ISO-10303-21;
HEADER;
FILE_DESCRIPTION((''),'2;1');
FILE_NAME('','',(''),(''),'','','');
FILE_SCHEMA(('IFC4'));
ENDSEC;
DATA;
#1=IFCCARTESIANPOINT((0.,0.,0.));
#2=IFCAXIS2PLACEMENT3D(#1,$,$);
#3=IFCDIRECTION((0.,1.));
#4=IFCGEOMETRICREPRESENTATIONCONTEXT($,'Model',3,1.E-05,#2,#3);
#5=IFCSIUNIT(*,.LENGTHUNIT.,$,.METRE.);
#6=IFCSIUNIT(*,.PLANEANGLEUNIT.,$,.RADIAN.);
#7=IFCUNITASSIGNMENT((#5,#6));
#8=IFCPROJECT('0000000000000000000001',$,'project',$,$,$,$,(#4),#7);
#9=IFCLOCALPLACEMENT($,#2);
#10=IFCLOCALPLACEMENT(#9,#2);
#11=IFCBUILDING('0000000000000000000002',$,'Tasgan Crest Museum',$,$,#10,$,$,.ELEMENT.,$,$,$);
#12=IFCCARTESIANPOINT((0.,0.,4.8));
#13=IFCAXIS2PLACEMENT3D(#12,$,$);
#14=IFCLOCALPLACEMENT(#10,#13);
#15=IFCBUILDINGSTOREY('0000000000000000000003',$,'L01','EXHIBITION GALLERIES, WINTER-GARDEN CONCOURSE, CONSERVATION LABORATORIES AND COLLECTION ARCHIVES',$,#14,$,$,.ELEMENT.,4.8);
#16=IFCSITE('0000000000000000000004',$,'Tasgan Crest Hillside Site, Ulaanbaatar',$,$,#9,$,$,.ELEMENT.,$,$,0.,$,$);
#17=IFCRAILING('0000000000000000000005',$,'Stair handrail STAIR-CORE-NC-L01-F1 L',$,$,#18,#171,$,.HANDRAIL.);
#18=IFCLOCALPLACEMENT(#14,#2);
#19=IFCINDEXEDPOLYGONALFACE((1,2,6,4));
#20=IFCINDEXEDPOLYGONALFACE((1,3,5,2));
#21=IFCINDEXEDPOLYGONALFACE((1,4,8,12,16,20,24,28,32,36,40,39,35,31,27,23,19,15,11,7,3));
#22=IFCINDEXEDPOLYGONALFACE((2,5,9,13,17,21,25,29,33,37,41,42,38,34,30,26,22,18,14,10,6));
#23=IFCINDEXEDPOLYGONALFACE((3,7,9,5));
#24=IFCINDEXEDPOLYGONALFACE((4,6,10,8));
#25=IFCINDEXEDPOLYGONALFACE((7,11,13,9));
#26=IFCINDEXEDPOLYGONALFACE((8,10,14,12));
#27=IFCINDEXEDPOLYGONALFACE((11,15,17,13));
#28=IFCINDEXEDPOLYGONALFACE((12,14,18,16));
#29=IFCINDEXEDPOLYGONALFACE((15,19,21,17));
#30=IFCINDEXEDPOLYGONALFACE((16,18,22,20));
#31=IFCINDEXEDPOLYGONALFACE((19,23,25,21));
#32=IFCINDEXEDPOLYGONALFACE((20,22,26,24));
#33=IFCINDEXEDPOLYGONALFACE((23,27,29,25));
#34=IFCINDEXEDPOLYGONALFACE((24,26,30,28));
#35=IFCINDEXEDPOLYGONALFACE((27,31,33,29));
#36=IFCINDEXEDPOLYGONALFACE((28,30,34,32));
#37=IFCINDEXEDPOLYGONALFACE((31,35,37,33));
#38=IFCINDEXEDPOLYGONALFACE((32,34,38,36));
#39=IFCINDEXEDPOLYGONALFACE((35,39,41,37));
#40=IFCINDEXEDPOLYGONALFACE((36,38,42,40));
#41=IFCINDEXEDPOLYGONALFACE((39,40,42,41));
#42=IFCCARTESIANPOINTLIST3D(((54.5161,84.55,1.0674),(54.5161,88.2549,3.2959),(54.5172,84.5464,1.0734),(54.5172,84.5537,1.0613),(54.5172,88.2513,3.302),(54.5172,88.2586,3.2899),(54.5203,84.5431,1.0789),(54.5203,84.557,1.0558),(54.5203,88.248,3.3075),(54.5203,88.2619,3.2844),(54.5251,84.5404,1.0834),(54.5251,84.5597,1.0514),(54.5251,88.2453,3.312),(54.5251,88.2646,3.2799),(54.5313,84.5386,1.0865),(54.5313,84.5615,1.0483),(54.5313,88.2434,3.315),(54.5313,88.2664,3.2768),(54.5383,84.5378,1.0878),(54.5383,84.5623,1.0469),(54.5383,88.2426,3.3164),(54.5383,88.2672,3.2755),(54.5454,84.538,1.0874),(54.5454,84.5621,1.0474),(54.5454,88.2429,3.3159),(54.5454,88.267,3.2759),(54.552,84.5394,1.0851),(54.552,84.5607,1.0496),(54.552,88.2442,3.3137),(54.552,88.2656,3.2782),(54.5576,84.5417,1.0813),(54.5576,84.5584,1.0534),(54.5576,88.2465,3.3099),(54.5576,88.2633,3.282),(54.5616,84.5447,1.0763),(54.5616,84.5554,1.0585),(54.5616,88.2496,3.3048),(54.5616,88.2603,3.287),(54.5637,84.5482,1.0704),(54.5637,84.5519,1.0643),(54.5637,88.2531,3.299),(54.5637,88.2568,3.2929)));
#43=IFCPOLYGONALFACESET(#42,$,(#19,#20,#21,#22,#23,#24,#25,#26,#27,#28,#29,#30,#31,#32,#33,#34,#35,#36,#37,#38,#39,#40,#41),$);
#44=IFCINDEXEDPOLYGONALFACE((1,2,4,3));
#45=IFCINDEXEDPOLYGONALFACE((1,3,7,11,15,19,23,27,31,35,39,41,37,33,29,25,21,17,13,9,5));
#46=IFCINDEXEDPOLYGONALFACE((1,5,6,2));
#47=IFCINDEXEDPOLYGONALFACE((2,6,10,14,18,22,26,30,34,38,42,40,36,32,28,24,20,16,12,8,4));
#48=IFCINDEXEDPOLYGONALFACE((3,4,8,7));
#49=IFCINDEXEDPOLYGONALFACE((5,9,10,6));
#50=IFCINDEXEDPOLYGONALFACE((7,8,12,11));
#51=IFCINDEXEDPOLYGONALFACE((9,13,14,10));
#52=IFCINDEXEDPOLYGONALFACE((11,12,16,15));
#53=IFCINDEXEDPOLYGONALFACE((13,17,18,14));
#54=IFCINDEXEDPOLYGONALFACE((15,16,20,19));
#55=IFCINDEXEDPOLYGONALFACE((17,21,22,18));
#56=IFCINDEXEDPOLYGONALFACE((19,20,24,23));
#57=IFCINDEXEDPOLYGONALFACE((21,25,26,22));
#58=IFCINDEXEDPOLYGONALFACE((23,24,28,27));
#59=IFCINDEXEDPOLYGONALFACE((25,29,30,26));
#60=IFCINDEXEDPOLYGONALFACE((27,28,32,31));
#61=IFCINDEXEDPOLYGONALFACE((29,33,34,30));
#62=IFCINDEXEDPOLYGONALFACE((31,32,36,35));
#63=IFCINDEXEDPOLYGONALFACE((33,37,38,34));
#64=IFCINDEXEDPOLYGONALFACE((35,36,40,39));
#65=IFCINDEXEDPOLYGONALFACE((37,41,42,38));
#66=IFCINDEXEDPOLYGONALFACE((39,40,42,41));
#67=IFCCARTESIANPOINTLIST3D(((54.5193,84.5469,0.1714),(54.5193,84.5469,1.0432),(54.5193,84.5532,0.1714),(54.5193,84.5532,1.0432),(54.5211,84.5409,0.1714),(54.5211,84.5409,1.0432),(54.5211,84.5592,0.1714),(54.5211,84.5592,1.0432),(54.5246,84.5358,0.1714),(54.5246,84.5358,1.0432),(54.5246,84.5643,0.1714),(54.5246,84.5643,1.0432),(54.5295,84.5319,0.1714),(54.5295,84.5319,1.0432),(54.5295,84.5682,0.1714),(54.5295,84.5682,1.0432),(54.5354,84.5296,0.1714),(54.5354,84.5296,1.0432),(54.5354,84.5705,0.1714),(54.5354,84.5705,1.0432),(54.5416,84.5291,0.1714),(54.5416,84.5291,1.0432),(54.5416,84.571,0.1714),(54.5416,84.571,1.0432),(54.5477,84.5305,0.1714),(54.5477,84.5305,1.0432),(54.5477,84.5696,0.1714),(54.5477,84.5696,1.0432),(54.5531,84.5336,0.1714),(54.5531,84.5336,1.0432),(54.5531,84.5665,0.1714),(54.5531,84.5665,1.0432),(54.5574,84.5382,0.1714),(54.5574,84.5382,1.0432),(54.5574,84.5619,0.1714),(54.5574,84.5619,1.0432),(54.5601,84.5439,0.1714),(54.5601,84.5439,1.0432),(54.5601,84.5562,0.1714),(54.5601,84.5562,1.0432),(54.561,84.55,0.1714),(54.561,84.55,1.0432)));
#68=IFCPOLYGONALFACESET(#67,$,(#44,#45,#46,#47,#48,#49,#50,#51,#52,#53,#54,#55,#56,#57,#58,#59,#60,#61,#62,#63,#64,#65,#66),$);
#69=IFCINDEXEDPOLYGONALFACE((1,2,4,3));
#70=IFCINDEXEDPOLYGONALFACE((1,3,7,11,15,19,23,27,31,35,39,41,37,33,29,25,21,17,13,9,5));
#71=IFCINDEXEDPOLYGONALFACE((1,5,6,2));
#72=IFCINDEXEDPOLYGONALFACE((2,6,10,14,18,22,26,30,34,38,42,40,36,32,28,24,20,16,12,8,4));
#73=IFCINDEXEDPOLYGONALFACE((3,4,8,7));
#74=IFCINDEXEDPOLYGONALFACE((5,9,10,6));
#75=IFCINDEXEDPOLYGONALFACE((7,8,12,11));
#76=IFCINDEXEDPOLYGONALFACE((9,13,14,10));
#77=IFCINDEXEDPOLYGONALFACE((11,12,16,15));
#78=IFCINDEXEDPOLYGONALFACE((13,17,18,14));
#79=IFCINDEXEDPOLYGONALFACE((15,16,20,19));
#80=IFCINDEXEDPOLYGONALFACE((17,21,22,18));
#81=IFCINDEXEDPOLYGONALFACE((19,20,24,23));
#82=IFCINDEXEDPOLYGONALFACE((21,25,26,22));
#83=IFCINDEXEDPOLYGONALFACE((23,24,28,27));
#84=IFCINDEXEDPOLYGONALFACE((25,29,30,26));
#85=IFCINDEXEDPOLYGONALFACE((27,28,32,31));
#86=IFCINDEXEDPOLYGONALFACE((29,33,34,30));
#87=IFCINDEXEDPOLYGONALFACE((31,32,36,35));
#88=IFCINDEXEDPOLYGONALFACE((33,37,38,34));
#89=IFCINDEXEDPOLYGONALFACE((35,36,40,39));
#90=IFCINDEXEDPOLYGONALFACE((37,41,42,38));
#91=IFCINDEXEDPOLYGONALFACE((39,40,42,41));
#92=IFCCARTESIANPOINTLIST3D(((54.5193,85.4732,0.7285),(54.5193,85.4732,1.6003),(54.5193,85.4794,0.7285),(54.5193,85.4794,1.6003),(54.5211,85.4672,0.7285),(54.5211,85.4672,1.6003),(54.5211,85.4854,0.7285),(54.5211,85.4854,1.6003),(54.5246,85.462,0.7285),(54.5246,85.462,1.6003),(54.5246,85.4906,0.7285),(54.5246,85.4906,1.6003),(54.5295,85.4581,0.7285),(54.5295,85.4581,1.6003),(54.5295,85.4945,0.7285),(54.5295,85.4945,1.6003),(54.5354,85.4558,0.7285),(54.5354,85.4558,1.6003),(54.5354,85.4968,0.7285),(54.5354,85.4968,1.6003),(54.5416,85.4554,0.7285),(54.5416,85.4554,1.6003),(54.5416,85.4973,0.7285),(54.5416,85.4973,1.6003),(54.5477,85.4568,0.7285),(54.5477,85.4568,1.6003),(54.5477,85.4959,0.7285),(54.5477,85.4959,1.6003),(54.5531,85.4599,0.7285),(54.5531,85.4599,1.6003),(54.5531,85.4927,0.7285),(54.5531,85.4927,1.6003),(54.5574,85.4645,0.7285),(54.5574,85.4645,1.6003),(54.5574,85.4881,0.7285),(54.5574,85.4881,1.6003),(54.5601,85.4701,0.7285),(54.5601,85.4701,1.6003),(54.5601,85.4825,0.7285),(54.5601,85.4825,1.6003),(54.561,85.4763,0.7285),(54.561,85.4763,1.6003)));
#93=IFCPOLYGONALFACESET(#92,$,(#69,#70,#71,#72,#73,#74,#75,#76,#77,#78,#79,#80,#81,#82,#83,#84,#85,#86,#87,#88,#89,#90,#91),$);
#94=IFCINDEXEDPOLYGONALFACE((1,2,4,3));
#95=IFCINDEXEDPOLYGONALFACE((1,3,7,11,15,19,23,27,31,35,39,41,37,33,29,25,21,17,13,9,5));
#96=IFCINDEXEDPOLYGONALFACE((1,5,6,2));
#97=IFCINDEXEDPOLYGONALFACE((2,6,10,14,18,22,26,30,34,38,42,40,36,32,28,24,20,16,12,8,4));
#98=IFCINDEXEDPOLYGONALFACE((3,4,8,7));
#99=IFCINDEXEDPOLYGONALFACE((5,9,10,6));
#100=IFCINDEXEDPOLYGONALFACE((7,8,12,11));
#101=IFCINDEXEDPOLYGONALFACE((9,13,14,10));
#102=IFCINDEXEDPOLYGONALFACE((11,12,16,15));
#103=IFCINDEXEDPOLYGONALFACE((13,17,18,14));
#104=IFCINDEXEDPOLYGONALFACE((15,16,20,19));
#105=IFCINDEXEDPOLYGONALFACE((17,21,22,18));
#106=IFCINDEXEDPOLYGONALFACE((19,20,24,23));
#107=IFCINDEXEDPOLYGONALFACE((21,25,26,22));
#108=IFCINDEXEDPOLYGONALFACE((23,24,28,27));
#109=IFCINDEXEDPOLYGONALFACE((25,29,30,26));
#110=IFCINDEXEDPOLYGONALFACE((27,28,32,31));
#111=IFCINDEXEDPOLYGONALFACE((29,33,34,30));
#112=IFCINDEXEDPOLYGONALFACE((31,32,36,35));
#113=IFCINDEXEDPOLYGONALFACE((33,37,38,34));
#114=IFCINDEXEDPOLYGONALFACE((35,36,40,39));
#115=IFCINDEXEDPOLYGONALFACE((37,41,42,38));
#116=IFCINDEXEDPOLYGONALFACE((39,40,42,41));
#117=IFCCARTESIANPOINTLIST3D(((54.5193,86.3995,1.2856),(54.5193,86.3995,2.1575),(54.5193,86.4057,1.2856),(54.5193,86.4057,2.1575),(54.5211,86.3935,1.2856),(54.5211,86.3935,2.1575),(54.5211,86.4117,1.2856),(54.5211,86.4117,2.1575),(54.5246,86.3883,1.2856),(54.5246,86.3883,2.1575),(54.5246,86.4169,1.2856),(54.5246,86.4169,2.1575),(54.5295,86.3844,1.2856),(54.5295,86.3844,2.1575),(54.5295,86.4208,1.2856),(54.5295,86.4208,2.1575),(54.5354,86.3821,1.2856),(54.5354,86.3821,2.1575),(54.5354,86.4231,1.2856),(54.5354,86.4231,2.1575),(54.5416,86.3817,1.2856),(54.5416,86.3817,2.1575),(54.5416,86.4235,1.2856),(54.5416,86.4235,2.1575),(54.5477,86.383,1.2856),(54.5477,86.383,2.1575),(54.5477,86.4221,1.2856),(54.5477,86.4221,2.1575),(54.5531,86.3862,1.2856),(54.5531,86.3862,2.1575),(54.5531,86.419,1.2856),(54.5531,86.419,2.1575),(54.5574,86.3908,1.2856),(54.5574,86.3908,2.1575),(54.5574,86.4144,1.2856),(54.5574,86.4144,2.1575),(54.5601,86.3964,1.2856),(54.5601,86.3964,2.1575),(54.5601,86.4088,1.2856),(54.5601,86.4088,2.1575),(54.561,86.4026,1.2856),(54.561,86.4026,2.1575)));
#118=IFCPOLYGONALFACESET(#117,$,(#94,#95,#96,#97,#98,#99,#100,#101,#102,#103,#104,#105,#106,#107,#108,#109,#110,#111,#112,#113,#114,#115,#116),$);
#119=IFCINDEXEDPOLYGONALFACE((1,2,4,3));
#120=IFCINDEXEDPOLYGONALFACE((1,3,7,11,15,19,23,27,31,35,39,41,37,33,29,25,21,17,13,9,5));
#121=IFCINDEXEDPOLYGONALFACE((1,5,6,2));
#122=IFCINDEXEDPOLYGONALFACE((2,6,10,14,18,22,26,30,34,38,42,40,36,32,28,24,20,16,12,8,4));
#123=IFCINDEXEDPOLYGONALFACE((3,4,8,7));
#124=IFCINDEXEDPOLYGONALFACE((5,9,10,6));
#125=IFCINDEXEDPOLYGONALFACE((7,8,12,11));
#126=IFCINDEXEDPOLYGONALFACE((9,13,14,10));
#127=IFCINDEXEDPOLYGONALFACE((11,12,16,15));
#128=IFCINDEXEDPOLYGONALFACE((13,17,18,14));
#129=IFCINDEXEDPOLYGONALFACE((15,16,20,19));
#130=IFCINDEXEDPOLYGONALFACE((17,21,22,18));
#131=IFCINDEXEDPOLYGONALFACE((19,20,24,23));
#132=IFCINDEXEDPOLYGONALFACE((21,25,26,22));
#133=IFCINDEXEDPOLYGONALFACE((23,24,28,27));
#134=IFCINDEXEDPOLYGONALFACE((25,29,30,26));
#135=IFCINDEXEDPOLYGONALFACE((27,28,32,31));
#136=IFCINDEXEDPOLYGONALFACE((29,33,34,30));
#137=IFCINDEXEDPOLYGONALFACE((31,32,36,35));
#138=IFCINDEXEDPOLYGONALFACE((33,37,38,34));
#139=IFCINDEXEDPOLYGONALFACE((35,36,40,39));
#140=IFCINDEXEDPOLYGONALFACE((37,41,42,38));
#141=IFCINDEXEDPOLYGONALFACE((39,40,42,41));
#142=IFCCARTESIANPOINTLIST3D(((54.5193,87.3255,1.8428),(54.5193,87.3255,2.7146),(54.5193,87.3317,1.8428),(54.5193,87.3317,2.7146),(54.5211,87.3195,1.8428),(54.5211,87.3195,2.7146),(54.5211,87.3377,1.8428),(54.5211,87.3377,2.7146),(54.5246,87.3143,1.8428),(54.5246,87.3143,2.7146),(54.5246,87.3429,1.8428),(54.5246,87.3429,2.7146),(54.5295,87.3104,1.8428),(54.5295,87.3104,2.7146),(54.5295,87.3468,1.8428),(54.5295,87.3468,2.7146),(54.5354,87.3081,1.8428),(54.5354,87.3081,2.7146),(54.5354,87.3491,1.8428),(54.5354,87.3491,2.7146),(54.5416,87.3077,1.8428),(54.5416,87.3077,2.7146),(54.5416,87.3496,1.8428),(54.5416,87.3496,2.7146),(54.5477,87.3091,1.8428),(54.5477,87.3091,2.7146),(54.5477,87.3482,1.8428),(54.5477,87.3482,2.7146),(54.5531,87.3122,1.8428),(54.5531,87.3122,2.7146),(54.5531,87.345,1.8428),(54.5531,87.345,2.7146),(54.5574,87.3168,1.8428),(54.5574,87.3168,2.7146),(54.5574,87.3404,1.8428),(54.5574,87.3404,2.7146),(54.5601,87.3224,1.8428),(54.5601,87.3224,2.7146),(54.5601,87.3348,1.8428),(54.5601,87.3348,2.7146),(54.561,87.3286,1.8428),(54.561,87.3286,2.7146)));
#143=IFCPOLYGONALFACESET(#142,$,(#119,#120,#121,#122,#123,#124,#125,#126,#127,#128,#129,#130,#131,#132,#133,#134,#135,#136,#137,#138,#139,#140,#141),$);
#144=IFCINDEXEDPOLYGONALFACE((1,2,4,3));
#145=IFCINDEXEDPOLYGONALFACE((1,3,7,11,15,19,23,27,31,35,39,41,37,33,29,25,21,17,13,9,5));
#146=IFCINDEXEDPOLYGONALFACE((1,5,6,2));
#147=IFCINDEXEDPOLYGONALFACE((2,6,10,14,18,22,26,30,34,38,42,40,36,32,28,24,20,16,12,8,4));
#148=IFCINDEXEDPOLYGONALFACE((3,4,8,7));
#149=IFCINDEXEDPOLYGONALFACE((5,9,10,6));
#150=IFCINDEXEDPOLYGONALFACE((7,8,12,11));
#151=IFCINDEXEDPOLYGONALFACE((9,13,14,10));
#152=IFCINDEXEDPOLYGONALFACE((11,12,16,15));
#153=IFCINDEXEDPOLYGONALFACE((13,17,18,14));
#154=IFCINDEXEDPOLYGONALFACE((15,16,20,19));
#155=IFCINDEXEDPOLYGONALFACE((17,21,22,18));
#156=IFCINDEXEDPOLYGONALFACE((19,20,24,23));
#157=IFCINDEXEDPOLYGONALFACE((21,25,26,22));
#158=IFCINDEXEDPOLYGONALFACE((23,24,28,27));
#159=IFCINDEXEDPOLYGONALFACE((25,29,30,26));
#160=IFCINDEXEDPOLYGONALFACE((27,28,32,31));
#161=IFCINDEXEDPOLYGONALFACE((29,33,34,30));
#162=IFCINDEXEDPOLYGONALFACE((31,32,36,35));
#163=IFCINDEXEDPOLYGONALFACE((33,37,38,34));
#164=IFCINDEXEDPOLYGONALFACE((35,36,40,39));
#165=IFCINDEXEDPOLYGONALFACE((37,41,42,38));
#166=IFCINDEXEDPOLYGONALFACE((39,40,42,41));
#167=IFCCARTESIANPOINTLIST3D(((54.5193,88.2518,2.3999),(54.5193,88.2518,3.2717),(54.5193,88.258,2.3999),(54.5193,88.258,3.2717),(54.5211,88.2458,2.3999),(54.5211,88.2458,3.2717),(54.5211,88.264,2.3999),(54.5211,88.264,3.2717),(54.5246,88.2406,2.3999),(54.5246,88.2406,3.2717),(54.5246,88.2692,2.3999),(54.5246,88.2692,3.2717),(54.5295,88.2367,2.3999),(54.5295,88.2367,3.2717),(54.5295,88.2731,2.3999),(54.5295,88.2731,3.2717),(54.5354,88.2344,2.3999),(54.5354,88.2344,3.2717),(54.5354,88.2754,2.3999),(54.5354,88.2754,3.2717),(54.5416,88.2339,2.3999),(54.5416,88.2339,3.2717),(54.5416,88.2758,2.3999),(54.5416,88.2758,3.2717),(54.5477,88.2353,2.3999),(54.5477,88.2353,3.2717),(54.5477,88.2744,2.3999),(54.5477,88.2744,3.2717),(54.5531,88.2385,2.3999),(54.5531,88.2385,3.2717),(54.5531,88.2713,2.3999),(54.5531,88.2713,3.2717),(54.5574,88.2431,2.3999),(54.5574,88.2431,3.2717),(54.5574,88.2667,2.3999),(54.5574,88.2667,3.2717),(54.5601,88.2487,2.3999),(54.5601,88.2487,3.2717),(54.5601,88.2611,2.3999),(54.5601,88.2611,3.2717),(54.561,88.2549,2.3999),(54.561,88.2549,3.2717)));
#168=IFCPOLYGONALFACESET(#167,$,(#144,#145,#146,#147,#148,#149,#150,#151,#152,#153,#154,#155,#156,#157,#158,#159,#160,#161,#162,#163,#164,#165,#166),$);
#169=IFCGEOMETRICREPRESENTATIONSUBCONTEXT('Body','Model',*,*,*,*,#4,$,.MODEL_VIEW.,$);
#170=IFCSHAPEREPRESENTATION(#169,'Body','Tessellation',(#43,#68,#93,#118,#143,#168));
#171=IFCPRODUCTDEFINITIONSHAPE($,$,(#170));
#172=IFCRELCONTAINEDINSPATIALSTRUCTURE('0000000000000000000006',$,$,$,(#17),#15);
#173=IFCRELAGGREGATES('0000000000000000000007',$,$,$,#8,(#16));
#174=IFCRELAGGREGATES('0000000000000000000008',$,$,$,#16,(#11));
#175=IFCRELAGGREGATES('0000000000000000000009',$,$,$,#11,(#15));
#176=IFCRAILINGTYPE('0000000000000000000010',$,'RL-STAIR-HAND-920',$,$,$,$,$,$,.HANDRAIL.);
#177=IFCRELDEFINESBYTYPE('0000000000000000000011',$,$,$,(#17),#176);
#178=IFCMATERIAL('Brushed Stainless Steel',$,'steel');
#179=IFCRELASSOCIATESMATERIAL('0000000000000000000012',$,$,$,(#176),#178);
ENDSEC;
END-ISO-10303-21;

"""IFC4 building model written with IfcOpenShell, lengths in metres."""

from ifc_helpers import new_model, si_unit, direction, frame, origin, origin_2d, place, context, subcontext, project, spatial, circle, extrude, material, type_object, element, save


model = new_model("IFC4")

# Units and contexts
model_context = context("Model", 3, precision=1e-05, world=origin(), true_north=direction((0.0, 1.0)))
body_context = subcontext(model_context, "Body", "Model", "MODEL_VIEW")
ifc_project = project(units=[si_unit("LENGTHUNIT", "METRE"), si_unit("PLANEANGLEUNIT", "RADIAN")], contexts=[model_context])

# Site, building, storey
site_placement = place(None, origin())
site = spatial("IfcSite", under=ifc_project, at=site_placement, Name="Tasgan Crest Hillside Site, Ulaanbaatar", CompositionType="ELEMENT", RefElevation=0.0)
building_placement = place(site_placement, origin())
building = spatial("IfcBuilding", under=site, at=building_placement, Name="Tasgan Crest Museum", CompositionType="ELEMENT")
storey_placement = place(building_placement, frame((0.0, 0.0, 4.8)))
storey = spatial("IfcBuildingStorey", under=building, at=storey_placement, Name="L01", Description="EXHIBITION GALLERIES, WINTER-GARDEN CONCOURSE, CONSERVATION LABORATORIES AND COLLECTION ARCHIVES", CompositionType="ELEMENT", Elevation=4.8)

# Railing
ifc_material_1 = material(Name="Brushed Stainless Steel", Category="steel")
railing_type_1 = type_object("IfcRailingType", Name="RL-STAIR-HAND-920", PredefinedType="HANDRAIL", material=ifc_material_1)
for number, where, name in (
    (1, (54.54, 84.55, 0.1714), "Stair handrail STAIR-CORE-NC-L01-F1 L"),
):
    element("IfcRailing", number, at=place(storey_placement, frame(where)), inside=storey, type_object=railing_type_1, Name=name, PredefinedType="HANDRAIL", context=body_context, shape_type="SweptSolid", body=[
        extrude(circle(Radius=0.0239, at=origin_2d()), frame((0.0, 0.0, 0.896), z_axis=(0.0, 0.856919, 0.51545), x_axis=(-1.0, 0.0, 0.0)), (0.0, 0.0, 1.0), 4.3235),
        extrude(circle(Radius=0.021, at=origin_2d()), origin(), (0.0, 0.0, 1.0), 0.8718),
        extrude(circle(Radius=0.021, at=origin_2d()), frame((0.0, 0.9263, 0.5571)), (0.0, 0.0, 1.0), 0.8718),
        extrude(circle(Radius=0.021, at=origin_2d()), frame((0.0, 1.8525, 1.1143)), (0.0, 0.0, 1.0), 0.8718),
        extrude(circle(Radius=0.021, at=origin_2d()), frame((0.0, 2.7786, 1.6714)), (0.0, 0.0, 1.0), 0.8718),
        extrude(circle(Radius=0.021, at=origin_2d()), frame((0.0, 3.7048, 2.2285)), (0.0, 0.0, 1.0), 0.8718),
    ])

save(model, "model.ifc")
